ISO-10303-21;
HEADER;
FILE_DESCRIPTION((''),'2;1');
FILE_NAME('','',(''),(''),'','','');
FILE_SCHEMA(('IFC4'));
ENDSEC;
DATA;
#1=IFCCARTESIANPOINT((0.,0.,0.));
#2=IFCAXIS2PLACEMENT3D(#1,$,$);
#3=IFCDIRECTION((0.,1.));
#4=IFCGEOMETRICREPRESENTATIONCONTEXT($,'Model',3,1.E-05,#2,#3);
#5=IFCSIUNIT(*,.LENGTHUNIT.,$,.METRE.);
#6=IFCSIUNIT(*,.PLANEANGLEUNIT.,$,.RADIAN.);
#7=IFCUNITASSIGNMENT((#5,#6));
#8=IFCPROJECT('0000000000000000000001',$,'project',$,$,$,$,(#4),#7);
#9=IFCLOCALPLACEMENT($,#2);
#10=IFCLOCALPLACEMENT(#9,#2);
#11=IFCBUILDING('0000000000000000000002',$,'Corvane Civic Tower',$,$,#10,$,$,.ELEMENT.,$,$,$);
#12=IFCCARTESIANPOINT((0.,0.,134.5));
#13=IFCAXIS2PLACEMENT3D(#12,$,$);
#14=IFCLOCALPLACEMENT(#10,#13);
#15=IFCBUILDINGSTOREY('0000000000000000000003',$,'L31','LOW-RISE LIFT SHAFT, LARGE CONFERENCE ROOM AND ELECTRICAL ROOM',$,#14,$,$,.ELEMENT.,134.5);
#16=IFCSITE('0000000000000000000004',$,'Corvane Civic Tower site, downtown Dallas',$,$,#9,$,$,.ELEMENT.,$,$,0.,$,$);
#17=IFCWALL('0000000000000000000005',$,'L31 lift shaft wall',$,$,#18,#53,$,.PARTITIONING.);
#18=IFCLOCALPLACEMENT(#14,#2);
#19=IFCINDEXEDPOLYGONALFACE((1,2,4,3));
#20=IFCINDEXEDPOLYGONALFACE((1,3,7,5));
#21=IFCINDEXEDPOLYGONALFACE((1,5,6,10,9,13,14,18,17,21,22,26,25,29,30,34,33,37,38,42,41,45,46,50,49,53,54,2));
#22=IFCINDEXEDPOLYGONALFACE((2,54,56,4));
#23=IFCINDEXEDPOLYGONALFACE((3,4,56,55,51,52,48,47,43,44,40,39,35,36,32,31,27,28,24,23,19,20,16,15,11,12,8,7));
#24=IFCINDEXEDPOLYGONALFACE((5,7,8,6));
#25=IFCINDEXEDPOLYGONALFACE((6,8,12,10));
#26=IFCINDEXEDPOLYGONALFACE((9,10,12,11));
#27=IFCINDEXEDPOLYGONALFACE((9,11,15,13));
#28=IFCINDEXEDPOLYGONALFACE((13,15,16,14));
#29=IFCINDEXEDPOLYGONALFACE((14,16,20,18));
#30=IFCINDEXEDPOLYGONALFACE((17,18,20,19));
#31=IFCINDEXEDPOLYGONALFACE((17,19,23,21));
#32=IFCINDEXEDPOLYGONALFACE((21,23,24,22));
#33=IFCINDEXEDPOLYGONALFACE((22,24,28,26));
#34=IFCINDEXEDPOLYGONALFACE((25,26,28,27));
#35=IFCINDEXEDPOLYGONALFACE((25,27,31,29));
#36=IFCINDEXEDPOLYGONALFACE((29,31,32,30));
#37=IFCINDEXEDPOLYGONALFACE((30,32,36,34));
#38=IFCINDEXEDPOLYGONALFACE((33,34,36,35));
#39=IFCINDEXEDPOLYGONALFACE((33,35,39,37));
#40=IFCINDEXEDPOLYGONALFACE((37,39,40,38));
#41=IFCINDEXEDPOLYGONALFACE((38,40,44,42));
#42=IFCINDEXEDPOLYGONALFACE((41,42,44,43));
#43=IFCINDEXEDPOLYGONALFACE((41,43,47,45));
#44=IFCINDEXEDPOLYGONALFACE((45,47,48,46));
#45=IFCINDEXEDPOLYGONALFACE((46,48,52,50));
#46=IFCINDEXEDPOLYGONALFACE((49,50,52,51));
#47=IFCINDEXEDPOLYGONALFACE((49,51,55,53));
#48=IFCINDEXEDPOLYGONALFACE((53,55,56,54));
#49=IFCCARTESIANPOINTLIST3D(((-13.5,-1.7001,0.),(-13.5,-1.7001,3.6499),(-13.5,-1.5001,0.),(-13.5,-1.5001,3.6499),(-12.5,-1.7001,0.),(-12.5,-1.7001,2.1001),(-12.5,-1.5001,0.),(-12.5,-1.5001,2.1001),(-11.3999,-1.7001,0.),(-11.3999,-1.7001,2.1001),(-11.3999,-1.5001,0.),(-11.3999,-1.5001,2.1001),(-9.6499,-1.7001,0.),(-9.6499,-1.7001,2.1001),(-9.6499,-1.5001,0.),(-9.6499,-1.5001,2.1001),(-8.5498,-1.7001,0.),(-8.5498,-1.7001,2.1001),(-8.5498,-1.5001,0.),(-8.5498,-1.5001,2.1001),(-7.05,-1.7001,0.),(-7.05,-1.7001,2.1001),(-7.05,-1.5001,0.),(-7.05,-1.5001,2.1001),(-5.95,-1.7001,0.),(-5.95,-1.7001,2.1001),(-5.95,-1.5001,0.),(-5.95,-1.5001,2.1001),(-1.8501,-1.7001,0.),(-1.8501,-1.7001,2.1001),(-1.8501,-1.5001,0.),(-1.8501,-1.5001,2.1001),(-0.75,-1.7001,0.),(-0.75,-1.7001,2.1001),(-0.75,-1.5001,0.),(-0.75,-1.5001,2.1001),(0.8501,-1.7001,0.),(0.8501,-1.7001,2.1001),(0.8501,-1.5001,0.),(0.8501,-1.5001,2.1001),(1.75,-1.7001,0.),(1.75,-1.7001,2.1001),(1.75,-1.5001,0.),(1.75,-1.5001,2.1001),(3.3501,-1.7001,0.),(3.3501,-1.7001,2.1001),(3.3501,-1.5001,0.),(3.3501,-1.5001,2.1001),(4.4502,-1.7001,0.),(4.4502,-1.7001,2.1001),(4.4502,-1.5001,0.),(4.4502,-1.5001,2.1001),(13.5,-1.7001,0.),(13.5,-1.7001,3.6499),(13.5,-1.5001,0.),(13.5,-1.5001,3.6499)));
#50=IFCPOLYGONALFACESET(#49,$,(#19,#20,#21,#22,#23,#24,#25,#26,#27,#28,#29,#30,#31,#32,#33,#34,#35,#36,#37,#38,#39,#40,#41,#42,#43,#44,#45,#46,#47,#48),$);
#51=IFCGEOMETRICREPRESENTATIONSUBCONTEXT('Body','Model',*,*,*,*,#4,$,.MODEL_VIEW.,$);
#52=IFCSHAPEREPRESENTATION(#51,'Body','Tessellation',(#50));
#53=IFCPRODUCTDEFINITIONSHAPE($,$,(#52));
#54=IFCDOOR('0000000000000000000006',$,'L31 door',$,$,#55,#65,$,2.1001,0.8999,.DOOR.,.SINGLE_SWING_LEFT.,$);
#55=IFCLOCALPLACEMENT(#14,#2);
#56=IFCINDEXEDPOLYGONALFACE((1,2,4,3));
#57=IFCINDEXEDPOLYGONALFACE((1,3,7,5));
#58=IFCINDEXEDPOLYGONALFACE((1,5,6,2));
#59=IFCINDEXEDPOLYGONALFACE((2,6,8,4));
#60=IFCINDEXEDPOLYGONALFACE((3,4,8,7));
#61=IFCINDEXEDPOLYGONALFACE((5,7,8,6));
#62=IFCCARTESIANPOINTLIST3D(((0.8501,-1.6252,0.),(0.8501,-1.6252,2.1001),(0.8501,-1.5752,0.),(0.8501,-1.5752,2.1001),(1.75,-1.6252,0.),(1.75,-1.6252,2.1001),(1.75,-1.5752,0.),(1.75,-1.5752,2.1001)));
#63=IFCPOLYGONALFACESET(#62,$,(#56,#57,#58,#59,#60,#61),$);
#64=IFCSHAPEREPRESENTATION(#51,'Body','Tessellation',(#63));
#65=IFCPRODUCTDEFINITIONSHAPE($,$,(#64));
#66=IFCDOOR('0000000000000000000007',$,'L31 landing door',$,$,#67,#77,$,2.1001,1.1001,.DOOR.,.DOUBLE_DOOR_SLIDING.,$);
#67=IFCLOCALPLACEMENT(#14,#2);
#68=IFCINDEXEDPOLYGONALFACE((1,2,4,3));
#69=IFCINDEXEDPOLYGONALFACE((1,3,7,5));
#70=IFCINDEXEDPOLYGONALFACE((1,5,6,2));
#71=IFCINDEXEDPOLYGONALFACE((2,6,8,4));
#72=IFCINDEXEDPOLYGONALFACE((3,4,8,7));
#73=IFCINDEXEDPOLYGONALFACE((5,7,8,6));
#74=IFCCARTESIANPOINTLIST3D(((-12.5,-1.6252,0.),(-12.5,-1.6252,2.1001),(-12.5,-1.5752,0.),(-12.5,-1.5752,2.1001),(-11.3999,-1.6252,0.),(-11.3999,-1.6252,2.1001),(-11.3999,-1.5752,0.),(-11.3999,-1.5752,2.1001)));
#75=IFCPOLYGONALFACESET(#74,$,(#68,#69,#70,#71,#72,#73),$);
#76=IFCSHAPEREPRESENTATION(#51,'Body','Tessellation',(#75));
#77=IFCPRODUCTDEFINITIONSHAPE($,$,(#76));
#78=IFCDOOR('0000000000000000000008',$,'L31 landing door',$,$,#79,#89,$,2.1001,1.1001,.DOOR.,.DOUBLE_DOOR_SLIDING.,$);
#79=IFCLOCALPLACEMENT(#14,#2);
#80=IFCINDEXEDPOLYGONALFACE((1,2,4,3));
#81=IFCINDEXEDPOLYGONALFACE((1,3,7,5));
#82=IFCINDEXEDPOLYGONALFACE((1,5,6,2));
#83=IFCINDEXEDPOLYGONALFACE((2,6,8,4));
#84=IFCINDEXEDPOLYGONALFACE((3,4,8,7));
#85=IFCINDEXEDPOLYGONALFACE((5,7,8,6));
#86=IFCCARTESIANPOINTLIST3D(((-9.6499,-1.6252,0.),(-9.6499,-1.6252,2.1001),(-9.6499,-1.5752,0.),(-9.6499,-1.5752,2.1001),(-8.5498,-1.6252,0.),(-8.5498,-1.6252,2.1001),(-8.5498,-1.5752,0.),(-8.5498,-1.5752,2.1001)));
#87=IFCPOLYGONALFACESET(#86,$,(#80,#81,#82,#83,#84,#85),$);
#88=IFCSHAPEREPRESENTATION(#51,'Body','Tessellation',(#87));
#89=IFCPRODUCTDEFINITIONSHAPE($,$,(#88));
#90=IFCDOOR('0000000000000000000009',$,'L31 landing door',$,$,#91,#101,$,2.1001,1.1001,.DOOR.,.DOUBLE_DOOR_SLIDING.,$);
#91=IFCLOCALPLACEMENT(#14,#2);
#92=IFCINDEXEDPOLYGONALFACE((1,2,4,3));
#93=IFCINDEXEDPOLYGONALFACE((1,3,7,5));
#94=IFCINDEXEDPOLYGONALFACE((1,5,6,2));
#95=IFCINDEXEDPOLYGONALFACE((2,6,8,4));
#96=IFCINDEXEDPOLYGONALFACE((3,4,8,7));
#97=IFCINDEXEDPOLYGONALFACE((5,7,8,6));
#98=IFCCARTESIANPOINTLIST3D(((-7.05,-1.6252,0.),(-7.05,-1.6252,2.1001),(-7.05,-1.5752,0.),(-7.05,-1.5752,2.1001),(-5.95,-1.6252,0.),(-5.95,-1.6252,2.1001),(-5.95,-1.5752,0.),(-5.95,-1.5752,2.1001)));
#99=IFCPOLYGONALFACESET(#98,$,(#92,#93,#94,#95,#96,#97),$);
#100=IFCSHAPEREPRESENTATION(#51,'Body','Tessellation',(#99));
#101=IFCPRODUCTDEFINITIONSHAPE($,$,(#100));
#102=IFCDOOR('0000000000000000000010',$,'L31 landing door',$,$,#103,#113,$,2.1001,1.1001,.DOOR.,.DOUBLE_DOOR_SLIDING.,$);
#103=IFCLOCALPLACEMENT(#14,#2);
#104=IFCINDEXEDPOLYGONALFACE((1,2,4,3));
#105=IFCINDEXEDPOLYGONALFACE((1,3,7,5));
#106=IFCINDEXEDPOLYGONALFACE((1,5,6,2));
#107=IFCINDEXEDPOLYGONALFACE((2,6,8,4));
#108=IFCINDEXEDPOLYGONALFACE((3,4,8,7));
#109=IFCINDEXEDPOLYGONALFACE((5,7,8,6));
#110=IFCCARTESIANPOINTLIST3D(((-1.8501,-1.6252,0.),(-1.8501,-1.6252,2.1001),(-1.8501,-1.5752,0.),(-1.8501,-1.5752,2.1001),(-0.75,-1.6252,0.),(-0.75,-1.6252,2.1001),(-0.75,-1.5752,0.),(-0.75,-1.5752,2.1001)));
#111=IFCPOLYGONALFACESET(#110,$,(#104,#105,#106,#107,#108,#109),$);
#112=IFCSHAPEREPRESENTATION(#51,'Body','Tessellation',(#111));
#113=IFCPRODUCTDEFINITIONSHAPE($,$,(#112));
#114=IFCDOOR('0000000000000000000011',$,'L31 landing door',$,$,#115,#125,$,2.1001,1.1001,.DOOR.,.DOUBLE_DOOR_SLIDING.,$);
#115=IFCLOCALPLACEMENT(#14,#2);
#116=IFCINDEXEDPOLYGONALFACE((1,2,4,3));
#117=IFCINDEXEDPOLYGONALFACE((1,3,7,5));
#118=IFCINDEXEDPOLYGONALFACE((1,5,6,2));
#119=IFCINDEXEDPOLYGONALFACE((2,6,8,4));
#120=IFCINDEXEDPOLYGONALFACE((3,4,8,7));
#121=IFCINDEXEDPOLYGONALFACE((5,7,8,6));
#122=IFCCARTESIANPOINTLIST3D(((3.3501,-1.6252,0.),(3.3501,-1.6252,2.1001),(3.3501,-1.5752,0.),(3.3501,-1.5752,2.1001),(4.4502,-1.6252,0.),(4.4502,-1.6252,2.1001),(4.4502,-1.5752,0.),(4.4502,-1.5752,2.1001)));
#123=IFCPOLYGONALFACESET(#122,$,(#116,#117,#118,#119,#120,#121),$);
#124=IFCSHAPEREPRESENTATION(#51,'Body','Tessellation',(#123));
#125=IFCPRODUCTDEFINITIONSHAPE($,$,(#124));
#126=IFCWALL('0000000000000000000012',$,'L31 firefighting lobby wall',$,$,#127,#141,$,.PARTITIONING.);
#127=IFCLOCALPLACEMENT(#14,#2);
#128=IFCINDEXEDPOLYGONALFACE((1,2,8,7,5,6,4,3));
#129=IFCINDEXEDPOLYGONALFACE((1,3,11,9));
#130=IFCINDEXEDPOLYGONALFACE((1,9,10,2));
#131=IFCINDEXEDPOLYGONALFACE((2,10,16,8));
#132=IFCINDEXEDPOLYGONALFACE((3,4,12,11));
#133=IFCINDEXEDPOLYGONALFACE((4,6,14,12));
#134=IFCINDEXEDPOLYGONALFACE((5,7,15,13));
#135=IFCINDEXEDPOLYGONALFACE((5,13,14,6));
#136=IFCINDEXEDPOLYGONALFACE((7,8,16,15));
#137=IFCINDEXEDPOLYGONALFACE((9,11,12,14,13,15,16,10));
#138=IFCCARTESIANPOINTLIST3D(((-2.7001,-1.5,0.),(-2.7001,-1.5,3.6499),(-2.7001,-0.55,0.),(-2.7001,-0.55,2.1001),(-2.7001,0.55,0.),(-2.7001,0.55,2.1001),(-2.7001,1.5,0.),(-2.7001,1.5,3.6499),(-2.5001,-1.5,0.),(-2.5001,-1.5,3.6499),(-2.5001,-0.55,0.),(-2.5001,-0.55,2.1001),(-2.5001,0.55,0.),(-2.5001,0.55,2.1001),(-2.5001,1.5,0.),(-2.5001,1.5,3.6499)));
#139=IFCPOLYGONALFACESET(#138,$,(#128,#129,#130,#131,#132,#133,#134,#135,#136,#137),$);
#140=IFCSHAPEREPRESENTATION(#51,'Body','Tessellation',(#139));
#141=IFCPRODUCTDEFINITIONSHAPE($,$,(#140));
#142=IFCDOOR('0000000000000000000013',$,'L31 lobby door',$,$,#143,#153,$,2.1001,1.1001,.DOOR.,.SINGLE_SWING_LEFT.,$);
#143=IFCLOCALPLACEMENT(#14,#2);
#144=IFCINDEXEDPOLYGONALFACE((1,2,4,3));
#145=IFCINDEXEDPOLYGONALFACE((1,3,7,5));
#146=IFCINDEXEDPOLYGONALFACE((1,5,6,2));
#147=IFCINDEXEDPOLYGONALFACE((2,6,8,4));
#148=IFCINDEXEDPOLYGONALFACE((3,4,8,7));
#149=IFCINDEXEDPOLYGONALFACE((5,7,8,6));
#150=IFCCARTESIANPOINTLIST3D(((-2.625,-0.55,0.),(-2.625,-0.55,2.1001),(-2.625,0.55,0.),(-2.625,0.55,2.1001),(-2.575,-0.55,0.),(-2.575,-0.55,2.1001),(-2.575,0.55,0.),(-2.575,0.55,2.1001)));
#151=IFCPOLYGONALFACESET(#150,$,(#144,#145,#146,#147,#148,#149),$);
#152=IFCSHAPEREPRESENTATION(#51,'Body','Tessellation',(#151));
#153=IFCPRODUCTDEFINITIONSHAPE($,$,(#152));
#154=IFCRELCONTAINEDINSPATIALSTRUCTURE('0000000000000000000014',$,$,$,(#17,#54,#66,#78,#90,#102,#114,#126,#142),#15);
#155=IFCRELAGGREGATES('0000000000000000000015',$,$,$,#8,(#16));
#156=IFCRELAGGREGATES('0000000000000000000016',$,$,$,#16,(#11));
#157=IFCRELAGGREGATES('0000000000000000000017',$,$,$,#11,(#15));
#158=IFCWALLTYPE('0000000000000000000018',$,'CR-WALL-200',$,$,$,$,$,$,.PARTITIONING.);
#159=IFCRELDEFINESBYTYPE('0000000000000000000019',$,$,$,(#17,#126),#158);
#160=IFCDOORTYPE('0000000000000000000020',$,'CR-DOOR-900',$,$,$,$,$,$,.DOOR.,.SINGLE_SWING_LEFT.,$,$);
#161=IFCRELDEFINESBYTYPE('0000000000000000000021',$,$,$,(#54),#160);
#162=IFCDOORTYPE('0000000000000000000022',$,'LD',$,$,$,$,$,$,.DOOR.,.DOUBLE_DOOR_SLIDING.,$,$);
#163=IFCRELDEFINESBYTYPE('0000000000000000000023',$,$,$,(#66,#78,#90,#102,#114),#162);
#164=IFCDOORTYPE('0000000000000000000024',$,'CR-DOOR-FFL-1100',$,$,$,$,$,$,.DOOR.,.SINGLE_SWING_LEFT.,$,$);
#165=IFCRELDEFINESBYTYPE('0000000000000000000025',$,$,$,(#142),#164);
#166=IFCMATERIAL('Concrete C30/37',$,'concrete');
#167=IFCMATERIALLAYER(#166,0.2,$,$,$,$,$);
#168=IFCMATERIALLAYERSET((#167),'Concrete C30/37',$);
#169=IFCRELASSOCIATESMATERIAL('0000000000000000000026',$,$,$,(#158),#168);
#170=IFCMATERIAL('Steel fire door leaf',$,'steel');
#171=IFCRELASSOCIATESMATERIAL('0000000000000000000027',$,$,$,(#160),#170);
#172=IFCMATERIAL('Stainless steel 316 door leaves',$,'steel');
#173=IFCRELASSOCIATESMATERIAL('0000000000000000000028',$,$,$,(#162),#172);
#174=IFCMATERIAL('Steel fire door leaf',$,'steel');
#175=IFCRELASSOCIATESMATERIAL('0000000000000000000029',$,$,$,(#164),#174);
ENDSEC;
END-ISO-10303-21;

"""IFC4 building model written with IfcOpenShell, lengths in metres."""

from ifc_helpers import new_model, si_unit, direction, frame, frame_2d, origin, place, context, subcontext, project, spatial, rectangle, extrude, material, layer, layer_set, type_object, element, fill, save


model = new_model("IFC4")

# Units and contexts
model_context = context("Model", 3, precision=1e-05, world=origin(), true_north=direction((0.0, 1.0)))
body_context = subcontext(model_context, "Body", "Model", "MODEL_VIEW")
ifc_project = project(units=[si_unit("LENGTHUNIT", "METRE"), si_unit("PLANEANGLEUNIT", "RADIAN")], contexts=[model_context])

# Site, building, storey
site_placement = place(None, origin())
site = spatial("IfcSite", under=ifc_project, at=site_placement, Name="Corvane Civic Tower site, downtown Dallas", CompositionType="ELEMENT", RefElevation=0.0)
building_placement = place(site_placement, origin())
building = spatial("IfcBuilding", under=site, at=building_placement, Name="Corvane Civic Tower", CompositionType="ELEMENT")
storey_placement = place(building_placement, frame((0.0, 0.0, 134.5)))
storey = spatial("IfcBuildingStorey", under=building, at=storey_placement, Name="L31", Description="LOW-RISE LIFT SHAFT, LARGE CONFERENCE ROOM AND ELECTRICAL ROOM", CompositionType="ELEMENT", Elevation=134.5)

# Wall, openings, doors
ifc_material_1 = material(Name="Concrete C30/37", Category="concrete")
ifc_layer_1 = layer(ifc_material_1, 0.2)
ifc_layer_set_1 = layer_set([ifc_layer_1], Name="Concrete C30/37")
wall_type_1 = type_object("IfcWallType", Name="CR-WALL-200", PredefinedType="PARTITIONING", material=ifc_layer_set_1)
ifc_material_2 = material(Name="Steel fire door leaf", Category="steel")
door_type_1 = type_object("IfcDoorType", Name="CR-DOOR-900", OperationType="SINGLE_SWING_LEFT", PredefinedType="DOOR", material=ifc_material_2)
wall_1_placement = place(storey_placement, frame((-13.5, -1.6001, 0.0), z_axis=(0.0, 0.0, 1.0), x_axis=(1.0, 0.0, 0.0)))
wall_1 = element("IfcWall", 1, at=wall_1_placement, inside=storey, type_object=wall_type_1, Name="L31 lift shaft wall", PredefinedType="PARTITIONING", context=body_context, shape_type="SweptSolid", body=[
    extrude(rectangle(XDim=27.0, YDim=0.2, at=frame_2d((13.5, 0.0))), origin(), (0.0, 0.0, 1.0), 3.6499),
])
opening_1_placement = place(wall_1_placement, frame((1.0, 0.0, 0.0)))
opening_1 = element("IfcOpeningElement", 2, at=opening_1_placement, cuts=wall_1, PredefinedType="OPENING", context=body_context, shape_type="SweptSolid", body=[
    extrude(rectangle(XDim=1.1001, YDim=2.1001, at=frame_2d((0.55, 1.05))), frame((0.0, 0.1099, 0.0), z_axis=(0.0, -1.0, 0.0), x_axis=(1.0, 0.0, 0.0)), (0.0, 0.0, 1.0), 0.22),
])
opening_2_placement = place(wall_1_placement, frame((3.8501, 0.0, 0.0)))
opening_2 = element("IfcOpeningElement", 3, at=opening_2_placement, cuts=wall_1, PredefinedType="OPENING", context=body_context, shape_type="SweptSolid", body=[
    extrude(rectangle(XDim=1.1001, YDim=2.1001, at=frame_2d((0.55, 1.05))), frame((0.0, 0.1099, 0.0), z_axis=(0.0, -1.0, 0.0), x_axis=(1.0, 0.0, 0.0)), (0.0, 0.0, 1.0), 0.22),
])
opening_3_placement = place(wall_1_placement, frame((6.45, 0.0, 0.0)))
opening_3 = element("IfcOpeningElement", 4, at=opening_3_placement, cuts=wall_1, PredefinedType="OPENING", context=body_context, shape_type="SweptSolid", body=[
    extrude(rectangle(XDim=1.1001, YDim=2.1001, at=frame_2d((0.55, 1.05))), frame((0.0, 0.1099, 0.0), z_axis=(0.0, -1.0, 0.0), x_axis=(1.0, 0.0, 0.0)), (0.0, 0.0, 1.0), 0.22),
])
opening_4_placement = place(wall_1_placement, frame((11.6499, 0.0, 0.0)))
opening_4 = element("IfcOpeningElement", 5, at=opening_4_placement, cuts=wall_1, PredefinedType="OPENING", context=body_context, shape_type="SweptSolid", body=[
    extrude(rectangle(XDim=1.1001, YDim=2.1001, at=frame_2d((0.55, 1.05))), frame((0.0, 0.1099, 0.0), z_axis=(0.0, -1.0, 0.0), x_axis=(1.0, 0.0, 0.0)), (0.0, 0.0, 1.0), 0.22),
])
opening_5_placement = place(wall_1_placement, frame((14.3501, 0.0, 0.0)))
opening_5 = element("IfcOpeningElement", 6, at=opening_5_placement, cuts=wall_1, PredefinedType="OPENING", context=body_context, shape_type="SweptSolid", body=[
    extrude(rectangle(XDim=0.8999, YDim=2.1001, at=frame_2d((0.45, 1.05))), frame((0.0, 0.1099, 0.0), z_axis=(0.0, -1.0, 0.0), x_axis=(1.0, 0.0, 0.0)), (0.0, 0.0, 1.0), 0.22),
])
opening_6_placement = place(wall_1_placement, frame((16.8501, 0.0, 0.0)))
opening_6 = element("IfcOpeningElement", 7, at=opening_6_placement, cuts=wall_1, PredefinedType="OPENING", context=body_context, shape_type="SweptSolid", body=[
    extrude(rectangle(XDim=1.1001, YDim=2.1001, at=frame_2d((0.55, 1.05))), frame((0.0, 0.1099, 0.0), z_axis=(0.0, -1.0, 0.0), x_axis=(1.0, 0.0, 0.0)), (0.0, 0.0, 1.0), 0.22),
])
door_1_placement = place(opening_5_placement, origin())
door_1 = element("IfcDoor", 8, at=door_1_placement, inside=storey, type_object=door_type_1, Name="L31 door", OperationType="SINGLE_SWING_LEFT", OverallHeight=2.1001, OverallWidth=0.8999, PredefinedType="DOOR", context=body_context, shape_type="SweptSolid", body=[
    extrude(rectangle(XDim=0.8999, YDim=2.1001, at=frame_2d((0.45, 1.05))), frame((0.0, 0.0249, 0.0), z_axis=(0.0, -1.0, 0.0), x_axis=(1.0, 0.0, 0.0)), (0.0, 0.0, 1.0), 0.05),
])
fill(opening_5, door_1)
ifc_material_3 = material(Name="Stainless steel 316 door leaves", Category="steel")
door_type_2 = type_object("IfcDoorType", Name="LD", OperationType="DOUBLE_DOOR_SLIDING", PredefinedType="DOOR", material=ifc_material_3)
door_2_placement = place(opening_1_placement, origin())
door_2 = element("IfcDoor", 9, at=door_2_placement, inside=storey, type_object=door_type_2, Name="L31 landing door", OperationType="DOUBLE_DOOR_SLIDING", OverallHeight=2.1001, OverallWidth=1.1001, PredefinedType="DOOR", context=body_context, shape_type="SweptSolid", body=[
    extrude(rectangle(XDim=1.1001, YDim=2.1001, at=frame_2d((0.55, 1.05))), frame((0.0, 0.0249, 0.0), z_axis=(0.0, -1.0, 0.0), x_axis=(1.0, 0.0, 0.0)), (0.0, 0.0, 1.0), 0.05),
])
fill(opening_1, door_2)
door_3_placement = place(opening_2_placement, origin())
door_3 = element("IfcDoor", 10, at=door_3_placement, inside=storey, type_object=door_type_2, Name="L31 landing door", OperationType="DOUBLE_DOOR_SLIDING", OverallHeight=2.1001, OverallWidth=1.1001, PredefinedType="DOOR", context=body_context, shape_type="SweptSolid", body=[
    extrude(rectangle(XDim=1.1001, YDim=2.1001, at=frame_2d((0.55, 1.05))), frame((0.0, 0.0249, 0.0), z_axis=(0.0, -1.0, 0.0), x_axis=(1.0, 0.0, 0.0)), (0.0, 0.0, 1.0), 0.05),
])
fill(opening_2, door_3)
door_4_placement = place(opening_3_placement, origin())
door_4 = element("IfcDoor", 11, at=door_4_placement, inside=storey, type_object=door_type_2, Name="L31 landing door", OperationType="DOUBLE_DOOR_SLIDING", OverallHeight=2.1001, OverallWidth=1.1001, PredefinedType="DOOR", context=body_context, shape_type="SweptSolid", body=[
    extrude(rectangle(XDim=1.1001, YDim=2.1001, at=frame_2d((0.55, 1.05))), frame((0.0, 0.0249, 0.0), z_axis=(0.0, -1.0, 0.0), x_axis=(1.0, 0.0, 0.0)), (0.0, 0.0, 1.0), 0.05),
])
fill(opening_3, door_4)
door_5_placement = place(opening_4_placement, origin())
door_5 = element("IfcDoor", 12, at=door_5_placement, inside=storey, type_object=door_type_2, Name="L31 landing door", OperationType="DOUBLE_DOOR_SLIDING", OverallHeight=2.1001, OverallWidth=1.1001, PredefinedType="DOOR", context=body_context, shape_type="SweptSolid", body=[
    extrude(rectangle(XDim=1.1001, YDim=2.1001, at=frame_2d((0.55, 1.05))), frame((0.0, 0.0249, 0.0), z_axis=(0.0, -1.0, 0.0), x_axis=(1.0, 0.0, 0.0)), (0.0, 0.0, 1.0), 0.05),
])
fill(opening_4, door_5)
door_6_placement = place(opening_6_placement, origin())
door_6 = element("IfcDoor", 13, at=door_6_placement, inside=storey, type_object=door_type_2, Name="L31 landing door", OperationType="DOUBLE_DOOR_SLIDING", OverallHeight=2.1001, OverallWidth=1.1001, PredefinedType="DOOR", context=body_context, shape_type="SweptSolid", body=[
    extrude(rectangle(XDim=1.1001, YDim=2.1001, at=frame_2d((0.55, 1.05))), frame((0.0, 0.0249, 0.0), z_axis=(0.0, -1.0, 0.0), x_axis=(1.0, 0.0, 0.0)), (0.0, 0.0, 1.0), 0.05),
])
fill(opening_6, door_6)

# Wall, opening, door
wall_2_placement = place(storey_placement, frame((-2.6001, -1.5, 0.0), z_axis=(0.0, 0.0, 1.0), x_axis=(0.0, 1.0, 0.0)))
wall_2 = element("IfcWall", 14, at=wall_2_placement, inside=storey, type_object=wall_type_1, Name="L31 firefighting lobby wall", PredefinedType="PARTITIONING", context=body_context, shape_type="SweptSolid", body=[
    extrude(rectangle(XDim=3.0, YDim=0.2, at=frame_2d((1.5, 0.0))), origin(), (0.0, 0.0, 1.0), 3.6499),
])
opening_7_placement = place(wall_2_placement, frame((0.95, 0.0, 0.0)))
opening_7 = element("IfcOpeningElement", 15, at=opening_7_placement, cuts=wall_2, PredefinedType="OPENING", context=body_context, shape_type="SweptSolid", body=[
    extrude(rectangle(XDim=1.1001, YDim=2.1001, at=frame_2d((0.55, 1.05))), frame((0.0, 0.1099, 0.0), z_axis=(0.0, -1.0, 0.0), x_axis=(1.0, 0.0, 0.0)), (0.0, 0.0, 1.0), 0.22),
])
ifc_material_4 = material(Name="Steel fire door leaf", Category="steel")
door_type_3 = type_object("IfcDoorType", Name="CR-DOOR-FFL-1100", OperationType="SINGLE_SWING_LEFT", PredefinedType="DOOR", material=ifc_material_4)
door_7_placement = place(opening_7_placement, origin())
door_7 = element("IfcDoor", 16, at=door_7_placement, inside=storey, type_object=door_type_3, Name="L31 lobby door", OperationType="SINGLE_SWING_LEFT", OverallHeight=2.1001, OverallWidth=1.1001, PredefinedType="DOOR", context=body_context, shape_type="SweptSolid", body=[
    extrude(rectangle(XDim=1.1001, YDim=2.1001, at=frame_2d((0.55, 1.05))), frame((0.0, 0.0249, 0.0), z_axis=(0.0, -1.0, 0.0), x_axis=(1.0, 0.0, 0.0)), (0.0, 0.0, 1.0), 0.05),
])
fill(opening_7, door_7)

save(model, "model.ifc")
